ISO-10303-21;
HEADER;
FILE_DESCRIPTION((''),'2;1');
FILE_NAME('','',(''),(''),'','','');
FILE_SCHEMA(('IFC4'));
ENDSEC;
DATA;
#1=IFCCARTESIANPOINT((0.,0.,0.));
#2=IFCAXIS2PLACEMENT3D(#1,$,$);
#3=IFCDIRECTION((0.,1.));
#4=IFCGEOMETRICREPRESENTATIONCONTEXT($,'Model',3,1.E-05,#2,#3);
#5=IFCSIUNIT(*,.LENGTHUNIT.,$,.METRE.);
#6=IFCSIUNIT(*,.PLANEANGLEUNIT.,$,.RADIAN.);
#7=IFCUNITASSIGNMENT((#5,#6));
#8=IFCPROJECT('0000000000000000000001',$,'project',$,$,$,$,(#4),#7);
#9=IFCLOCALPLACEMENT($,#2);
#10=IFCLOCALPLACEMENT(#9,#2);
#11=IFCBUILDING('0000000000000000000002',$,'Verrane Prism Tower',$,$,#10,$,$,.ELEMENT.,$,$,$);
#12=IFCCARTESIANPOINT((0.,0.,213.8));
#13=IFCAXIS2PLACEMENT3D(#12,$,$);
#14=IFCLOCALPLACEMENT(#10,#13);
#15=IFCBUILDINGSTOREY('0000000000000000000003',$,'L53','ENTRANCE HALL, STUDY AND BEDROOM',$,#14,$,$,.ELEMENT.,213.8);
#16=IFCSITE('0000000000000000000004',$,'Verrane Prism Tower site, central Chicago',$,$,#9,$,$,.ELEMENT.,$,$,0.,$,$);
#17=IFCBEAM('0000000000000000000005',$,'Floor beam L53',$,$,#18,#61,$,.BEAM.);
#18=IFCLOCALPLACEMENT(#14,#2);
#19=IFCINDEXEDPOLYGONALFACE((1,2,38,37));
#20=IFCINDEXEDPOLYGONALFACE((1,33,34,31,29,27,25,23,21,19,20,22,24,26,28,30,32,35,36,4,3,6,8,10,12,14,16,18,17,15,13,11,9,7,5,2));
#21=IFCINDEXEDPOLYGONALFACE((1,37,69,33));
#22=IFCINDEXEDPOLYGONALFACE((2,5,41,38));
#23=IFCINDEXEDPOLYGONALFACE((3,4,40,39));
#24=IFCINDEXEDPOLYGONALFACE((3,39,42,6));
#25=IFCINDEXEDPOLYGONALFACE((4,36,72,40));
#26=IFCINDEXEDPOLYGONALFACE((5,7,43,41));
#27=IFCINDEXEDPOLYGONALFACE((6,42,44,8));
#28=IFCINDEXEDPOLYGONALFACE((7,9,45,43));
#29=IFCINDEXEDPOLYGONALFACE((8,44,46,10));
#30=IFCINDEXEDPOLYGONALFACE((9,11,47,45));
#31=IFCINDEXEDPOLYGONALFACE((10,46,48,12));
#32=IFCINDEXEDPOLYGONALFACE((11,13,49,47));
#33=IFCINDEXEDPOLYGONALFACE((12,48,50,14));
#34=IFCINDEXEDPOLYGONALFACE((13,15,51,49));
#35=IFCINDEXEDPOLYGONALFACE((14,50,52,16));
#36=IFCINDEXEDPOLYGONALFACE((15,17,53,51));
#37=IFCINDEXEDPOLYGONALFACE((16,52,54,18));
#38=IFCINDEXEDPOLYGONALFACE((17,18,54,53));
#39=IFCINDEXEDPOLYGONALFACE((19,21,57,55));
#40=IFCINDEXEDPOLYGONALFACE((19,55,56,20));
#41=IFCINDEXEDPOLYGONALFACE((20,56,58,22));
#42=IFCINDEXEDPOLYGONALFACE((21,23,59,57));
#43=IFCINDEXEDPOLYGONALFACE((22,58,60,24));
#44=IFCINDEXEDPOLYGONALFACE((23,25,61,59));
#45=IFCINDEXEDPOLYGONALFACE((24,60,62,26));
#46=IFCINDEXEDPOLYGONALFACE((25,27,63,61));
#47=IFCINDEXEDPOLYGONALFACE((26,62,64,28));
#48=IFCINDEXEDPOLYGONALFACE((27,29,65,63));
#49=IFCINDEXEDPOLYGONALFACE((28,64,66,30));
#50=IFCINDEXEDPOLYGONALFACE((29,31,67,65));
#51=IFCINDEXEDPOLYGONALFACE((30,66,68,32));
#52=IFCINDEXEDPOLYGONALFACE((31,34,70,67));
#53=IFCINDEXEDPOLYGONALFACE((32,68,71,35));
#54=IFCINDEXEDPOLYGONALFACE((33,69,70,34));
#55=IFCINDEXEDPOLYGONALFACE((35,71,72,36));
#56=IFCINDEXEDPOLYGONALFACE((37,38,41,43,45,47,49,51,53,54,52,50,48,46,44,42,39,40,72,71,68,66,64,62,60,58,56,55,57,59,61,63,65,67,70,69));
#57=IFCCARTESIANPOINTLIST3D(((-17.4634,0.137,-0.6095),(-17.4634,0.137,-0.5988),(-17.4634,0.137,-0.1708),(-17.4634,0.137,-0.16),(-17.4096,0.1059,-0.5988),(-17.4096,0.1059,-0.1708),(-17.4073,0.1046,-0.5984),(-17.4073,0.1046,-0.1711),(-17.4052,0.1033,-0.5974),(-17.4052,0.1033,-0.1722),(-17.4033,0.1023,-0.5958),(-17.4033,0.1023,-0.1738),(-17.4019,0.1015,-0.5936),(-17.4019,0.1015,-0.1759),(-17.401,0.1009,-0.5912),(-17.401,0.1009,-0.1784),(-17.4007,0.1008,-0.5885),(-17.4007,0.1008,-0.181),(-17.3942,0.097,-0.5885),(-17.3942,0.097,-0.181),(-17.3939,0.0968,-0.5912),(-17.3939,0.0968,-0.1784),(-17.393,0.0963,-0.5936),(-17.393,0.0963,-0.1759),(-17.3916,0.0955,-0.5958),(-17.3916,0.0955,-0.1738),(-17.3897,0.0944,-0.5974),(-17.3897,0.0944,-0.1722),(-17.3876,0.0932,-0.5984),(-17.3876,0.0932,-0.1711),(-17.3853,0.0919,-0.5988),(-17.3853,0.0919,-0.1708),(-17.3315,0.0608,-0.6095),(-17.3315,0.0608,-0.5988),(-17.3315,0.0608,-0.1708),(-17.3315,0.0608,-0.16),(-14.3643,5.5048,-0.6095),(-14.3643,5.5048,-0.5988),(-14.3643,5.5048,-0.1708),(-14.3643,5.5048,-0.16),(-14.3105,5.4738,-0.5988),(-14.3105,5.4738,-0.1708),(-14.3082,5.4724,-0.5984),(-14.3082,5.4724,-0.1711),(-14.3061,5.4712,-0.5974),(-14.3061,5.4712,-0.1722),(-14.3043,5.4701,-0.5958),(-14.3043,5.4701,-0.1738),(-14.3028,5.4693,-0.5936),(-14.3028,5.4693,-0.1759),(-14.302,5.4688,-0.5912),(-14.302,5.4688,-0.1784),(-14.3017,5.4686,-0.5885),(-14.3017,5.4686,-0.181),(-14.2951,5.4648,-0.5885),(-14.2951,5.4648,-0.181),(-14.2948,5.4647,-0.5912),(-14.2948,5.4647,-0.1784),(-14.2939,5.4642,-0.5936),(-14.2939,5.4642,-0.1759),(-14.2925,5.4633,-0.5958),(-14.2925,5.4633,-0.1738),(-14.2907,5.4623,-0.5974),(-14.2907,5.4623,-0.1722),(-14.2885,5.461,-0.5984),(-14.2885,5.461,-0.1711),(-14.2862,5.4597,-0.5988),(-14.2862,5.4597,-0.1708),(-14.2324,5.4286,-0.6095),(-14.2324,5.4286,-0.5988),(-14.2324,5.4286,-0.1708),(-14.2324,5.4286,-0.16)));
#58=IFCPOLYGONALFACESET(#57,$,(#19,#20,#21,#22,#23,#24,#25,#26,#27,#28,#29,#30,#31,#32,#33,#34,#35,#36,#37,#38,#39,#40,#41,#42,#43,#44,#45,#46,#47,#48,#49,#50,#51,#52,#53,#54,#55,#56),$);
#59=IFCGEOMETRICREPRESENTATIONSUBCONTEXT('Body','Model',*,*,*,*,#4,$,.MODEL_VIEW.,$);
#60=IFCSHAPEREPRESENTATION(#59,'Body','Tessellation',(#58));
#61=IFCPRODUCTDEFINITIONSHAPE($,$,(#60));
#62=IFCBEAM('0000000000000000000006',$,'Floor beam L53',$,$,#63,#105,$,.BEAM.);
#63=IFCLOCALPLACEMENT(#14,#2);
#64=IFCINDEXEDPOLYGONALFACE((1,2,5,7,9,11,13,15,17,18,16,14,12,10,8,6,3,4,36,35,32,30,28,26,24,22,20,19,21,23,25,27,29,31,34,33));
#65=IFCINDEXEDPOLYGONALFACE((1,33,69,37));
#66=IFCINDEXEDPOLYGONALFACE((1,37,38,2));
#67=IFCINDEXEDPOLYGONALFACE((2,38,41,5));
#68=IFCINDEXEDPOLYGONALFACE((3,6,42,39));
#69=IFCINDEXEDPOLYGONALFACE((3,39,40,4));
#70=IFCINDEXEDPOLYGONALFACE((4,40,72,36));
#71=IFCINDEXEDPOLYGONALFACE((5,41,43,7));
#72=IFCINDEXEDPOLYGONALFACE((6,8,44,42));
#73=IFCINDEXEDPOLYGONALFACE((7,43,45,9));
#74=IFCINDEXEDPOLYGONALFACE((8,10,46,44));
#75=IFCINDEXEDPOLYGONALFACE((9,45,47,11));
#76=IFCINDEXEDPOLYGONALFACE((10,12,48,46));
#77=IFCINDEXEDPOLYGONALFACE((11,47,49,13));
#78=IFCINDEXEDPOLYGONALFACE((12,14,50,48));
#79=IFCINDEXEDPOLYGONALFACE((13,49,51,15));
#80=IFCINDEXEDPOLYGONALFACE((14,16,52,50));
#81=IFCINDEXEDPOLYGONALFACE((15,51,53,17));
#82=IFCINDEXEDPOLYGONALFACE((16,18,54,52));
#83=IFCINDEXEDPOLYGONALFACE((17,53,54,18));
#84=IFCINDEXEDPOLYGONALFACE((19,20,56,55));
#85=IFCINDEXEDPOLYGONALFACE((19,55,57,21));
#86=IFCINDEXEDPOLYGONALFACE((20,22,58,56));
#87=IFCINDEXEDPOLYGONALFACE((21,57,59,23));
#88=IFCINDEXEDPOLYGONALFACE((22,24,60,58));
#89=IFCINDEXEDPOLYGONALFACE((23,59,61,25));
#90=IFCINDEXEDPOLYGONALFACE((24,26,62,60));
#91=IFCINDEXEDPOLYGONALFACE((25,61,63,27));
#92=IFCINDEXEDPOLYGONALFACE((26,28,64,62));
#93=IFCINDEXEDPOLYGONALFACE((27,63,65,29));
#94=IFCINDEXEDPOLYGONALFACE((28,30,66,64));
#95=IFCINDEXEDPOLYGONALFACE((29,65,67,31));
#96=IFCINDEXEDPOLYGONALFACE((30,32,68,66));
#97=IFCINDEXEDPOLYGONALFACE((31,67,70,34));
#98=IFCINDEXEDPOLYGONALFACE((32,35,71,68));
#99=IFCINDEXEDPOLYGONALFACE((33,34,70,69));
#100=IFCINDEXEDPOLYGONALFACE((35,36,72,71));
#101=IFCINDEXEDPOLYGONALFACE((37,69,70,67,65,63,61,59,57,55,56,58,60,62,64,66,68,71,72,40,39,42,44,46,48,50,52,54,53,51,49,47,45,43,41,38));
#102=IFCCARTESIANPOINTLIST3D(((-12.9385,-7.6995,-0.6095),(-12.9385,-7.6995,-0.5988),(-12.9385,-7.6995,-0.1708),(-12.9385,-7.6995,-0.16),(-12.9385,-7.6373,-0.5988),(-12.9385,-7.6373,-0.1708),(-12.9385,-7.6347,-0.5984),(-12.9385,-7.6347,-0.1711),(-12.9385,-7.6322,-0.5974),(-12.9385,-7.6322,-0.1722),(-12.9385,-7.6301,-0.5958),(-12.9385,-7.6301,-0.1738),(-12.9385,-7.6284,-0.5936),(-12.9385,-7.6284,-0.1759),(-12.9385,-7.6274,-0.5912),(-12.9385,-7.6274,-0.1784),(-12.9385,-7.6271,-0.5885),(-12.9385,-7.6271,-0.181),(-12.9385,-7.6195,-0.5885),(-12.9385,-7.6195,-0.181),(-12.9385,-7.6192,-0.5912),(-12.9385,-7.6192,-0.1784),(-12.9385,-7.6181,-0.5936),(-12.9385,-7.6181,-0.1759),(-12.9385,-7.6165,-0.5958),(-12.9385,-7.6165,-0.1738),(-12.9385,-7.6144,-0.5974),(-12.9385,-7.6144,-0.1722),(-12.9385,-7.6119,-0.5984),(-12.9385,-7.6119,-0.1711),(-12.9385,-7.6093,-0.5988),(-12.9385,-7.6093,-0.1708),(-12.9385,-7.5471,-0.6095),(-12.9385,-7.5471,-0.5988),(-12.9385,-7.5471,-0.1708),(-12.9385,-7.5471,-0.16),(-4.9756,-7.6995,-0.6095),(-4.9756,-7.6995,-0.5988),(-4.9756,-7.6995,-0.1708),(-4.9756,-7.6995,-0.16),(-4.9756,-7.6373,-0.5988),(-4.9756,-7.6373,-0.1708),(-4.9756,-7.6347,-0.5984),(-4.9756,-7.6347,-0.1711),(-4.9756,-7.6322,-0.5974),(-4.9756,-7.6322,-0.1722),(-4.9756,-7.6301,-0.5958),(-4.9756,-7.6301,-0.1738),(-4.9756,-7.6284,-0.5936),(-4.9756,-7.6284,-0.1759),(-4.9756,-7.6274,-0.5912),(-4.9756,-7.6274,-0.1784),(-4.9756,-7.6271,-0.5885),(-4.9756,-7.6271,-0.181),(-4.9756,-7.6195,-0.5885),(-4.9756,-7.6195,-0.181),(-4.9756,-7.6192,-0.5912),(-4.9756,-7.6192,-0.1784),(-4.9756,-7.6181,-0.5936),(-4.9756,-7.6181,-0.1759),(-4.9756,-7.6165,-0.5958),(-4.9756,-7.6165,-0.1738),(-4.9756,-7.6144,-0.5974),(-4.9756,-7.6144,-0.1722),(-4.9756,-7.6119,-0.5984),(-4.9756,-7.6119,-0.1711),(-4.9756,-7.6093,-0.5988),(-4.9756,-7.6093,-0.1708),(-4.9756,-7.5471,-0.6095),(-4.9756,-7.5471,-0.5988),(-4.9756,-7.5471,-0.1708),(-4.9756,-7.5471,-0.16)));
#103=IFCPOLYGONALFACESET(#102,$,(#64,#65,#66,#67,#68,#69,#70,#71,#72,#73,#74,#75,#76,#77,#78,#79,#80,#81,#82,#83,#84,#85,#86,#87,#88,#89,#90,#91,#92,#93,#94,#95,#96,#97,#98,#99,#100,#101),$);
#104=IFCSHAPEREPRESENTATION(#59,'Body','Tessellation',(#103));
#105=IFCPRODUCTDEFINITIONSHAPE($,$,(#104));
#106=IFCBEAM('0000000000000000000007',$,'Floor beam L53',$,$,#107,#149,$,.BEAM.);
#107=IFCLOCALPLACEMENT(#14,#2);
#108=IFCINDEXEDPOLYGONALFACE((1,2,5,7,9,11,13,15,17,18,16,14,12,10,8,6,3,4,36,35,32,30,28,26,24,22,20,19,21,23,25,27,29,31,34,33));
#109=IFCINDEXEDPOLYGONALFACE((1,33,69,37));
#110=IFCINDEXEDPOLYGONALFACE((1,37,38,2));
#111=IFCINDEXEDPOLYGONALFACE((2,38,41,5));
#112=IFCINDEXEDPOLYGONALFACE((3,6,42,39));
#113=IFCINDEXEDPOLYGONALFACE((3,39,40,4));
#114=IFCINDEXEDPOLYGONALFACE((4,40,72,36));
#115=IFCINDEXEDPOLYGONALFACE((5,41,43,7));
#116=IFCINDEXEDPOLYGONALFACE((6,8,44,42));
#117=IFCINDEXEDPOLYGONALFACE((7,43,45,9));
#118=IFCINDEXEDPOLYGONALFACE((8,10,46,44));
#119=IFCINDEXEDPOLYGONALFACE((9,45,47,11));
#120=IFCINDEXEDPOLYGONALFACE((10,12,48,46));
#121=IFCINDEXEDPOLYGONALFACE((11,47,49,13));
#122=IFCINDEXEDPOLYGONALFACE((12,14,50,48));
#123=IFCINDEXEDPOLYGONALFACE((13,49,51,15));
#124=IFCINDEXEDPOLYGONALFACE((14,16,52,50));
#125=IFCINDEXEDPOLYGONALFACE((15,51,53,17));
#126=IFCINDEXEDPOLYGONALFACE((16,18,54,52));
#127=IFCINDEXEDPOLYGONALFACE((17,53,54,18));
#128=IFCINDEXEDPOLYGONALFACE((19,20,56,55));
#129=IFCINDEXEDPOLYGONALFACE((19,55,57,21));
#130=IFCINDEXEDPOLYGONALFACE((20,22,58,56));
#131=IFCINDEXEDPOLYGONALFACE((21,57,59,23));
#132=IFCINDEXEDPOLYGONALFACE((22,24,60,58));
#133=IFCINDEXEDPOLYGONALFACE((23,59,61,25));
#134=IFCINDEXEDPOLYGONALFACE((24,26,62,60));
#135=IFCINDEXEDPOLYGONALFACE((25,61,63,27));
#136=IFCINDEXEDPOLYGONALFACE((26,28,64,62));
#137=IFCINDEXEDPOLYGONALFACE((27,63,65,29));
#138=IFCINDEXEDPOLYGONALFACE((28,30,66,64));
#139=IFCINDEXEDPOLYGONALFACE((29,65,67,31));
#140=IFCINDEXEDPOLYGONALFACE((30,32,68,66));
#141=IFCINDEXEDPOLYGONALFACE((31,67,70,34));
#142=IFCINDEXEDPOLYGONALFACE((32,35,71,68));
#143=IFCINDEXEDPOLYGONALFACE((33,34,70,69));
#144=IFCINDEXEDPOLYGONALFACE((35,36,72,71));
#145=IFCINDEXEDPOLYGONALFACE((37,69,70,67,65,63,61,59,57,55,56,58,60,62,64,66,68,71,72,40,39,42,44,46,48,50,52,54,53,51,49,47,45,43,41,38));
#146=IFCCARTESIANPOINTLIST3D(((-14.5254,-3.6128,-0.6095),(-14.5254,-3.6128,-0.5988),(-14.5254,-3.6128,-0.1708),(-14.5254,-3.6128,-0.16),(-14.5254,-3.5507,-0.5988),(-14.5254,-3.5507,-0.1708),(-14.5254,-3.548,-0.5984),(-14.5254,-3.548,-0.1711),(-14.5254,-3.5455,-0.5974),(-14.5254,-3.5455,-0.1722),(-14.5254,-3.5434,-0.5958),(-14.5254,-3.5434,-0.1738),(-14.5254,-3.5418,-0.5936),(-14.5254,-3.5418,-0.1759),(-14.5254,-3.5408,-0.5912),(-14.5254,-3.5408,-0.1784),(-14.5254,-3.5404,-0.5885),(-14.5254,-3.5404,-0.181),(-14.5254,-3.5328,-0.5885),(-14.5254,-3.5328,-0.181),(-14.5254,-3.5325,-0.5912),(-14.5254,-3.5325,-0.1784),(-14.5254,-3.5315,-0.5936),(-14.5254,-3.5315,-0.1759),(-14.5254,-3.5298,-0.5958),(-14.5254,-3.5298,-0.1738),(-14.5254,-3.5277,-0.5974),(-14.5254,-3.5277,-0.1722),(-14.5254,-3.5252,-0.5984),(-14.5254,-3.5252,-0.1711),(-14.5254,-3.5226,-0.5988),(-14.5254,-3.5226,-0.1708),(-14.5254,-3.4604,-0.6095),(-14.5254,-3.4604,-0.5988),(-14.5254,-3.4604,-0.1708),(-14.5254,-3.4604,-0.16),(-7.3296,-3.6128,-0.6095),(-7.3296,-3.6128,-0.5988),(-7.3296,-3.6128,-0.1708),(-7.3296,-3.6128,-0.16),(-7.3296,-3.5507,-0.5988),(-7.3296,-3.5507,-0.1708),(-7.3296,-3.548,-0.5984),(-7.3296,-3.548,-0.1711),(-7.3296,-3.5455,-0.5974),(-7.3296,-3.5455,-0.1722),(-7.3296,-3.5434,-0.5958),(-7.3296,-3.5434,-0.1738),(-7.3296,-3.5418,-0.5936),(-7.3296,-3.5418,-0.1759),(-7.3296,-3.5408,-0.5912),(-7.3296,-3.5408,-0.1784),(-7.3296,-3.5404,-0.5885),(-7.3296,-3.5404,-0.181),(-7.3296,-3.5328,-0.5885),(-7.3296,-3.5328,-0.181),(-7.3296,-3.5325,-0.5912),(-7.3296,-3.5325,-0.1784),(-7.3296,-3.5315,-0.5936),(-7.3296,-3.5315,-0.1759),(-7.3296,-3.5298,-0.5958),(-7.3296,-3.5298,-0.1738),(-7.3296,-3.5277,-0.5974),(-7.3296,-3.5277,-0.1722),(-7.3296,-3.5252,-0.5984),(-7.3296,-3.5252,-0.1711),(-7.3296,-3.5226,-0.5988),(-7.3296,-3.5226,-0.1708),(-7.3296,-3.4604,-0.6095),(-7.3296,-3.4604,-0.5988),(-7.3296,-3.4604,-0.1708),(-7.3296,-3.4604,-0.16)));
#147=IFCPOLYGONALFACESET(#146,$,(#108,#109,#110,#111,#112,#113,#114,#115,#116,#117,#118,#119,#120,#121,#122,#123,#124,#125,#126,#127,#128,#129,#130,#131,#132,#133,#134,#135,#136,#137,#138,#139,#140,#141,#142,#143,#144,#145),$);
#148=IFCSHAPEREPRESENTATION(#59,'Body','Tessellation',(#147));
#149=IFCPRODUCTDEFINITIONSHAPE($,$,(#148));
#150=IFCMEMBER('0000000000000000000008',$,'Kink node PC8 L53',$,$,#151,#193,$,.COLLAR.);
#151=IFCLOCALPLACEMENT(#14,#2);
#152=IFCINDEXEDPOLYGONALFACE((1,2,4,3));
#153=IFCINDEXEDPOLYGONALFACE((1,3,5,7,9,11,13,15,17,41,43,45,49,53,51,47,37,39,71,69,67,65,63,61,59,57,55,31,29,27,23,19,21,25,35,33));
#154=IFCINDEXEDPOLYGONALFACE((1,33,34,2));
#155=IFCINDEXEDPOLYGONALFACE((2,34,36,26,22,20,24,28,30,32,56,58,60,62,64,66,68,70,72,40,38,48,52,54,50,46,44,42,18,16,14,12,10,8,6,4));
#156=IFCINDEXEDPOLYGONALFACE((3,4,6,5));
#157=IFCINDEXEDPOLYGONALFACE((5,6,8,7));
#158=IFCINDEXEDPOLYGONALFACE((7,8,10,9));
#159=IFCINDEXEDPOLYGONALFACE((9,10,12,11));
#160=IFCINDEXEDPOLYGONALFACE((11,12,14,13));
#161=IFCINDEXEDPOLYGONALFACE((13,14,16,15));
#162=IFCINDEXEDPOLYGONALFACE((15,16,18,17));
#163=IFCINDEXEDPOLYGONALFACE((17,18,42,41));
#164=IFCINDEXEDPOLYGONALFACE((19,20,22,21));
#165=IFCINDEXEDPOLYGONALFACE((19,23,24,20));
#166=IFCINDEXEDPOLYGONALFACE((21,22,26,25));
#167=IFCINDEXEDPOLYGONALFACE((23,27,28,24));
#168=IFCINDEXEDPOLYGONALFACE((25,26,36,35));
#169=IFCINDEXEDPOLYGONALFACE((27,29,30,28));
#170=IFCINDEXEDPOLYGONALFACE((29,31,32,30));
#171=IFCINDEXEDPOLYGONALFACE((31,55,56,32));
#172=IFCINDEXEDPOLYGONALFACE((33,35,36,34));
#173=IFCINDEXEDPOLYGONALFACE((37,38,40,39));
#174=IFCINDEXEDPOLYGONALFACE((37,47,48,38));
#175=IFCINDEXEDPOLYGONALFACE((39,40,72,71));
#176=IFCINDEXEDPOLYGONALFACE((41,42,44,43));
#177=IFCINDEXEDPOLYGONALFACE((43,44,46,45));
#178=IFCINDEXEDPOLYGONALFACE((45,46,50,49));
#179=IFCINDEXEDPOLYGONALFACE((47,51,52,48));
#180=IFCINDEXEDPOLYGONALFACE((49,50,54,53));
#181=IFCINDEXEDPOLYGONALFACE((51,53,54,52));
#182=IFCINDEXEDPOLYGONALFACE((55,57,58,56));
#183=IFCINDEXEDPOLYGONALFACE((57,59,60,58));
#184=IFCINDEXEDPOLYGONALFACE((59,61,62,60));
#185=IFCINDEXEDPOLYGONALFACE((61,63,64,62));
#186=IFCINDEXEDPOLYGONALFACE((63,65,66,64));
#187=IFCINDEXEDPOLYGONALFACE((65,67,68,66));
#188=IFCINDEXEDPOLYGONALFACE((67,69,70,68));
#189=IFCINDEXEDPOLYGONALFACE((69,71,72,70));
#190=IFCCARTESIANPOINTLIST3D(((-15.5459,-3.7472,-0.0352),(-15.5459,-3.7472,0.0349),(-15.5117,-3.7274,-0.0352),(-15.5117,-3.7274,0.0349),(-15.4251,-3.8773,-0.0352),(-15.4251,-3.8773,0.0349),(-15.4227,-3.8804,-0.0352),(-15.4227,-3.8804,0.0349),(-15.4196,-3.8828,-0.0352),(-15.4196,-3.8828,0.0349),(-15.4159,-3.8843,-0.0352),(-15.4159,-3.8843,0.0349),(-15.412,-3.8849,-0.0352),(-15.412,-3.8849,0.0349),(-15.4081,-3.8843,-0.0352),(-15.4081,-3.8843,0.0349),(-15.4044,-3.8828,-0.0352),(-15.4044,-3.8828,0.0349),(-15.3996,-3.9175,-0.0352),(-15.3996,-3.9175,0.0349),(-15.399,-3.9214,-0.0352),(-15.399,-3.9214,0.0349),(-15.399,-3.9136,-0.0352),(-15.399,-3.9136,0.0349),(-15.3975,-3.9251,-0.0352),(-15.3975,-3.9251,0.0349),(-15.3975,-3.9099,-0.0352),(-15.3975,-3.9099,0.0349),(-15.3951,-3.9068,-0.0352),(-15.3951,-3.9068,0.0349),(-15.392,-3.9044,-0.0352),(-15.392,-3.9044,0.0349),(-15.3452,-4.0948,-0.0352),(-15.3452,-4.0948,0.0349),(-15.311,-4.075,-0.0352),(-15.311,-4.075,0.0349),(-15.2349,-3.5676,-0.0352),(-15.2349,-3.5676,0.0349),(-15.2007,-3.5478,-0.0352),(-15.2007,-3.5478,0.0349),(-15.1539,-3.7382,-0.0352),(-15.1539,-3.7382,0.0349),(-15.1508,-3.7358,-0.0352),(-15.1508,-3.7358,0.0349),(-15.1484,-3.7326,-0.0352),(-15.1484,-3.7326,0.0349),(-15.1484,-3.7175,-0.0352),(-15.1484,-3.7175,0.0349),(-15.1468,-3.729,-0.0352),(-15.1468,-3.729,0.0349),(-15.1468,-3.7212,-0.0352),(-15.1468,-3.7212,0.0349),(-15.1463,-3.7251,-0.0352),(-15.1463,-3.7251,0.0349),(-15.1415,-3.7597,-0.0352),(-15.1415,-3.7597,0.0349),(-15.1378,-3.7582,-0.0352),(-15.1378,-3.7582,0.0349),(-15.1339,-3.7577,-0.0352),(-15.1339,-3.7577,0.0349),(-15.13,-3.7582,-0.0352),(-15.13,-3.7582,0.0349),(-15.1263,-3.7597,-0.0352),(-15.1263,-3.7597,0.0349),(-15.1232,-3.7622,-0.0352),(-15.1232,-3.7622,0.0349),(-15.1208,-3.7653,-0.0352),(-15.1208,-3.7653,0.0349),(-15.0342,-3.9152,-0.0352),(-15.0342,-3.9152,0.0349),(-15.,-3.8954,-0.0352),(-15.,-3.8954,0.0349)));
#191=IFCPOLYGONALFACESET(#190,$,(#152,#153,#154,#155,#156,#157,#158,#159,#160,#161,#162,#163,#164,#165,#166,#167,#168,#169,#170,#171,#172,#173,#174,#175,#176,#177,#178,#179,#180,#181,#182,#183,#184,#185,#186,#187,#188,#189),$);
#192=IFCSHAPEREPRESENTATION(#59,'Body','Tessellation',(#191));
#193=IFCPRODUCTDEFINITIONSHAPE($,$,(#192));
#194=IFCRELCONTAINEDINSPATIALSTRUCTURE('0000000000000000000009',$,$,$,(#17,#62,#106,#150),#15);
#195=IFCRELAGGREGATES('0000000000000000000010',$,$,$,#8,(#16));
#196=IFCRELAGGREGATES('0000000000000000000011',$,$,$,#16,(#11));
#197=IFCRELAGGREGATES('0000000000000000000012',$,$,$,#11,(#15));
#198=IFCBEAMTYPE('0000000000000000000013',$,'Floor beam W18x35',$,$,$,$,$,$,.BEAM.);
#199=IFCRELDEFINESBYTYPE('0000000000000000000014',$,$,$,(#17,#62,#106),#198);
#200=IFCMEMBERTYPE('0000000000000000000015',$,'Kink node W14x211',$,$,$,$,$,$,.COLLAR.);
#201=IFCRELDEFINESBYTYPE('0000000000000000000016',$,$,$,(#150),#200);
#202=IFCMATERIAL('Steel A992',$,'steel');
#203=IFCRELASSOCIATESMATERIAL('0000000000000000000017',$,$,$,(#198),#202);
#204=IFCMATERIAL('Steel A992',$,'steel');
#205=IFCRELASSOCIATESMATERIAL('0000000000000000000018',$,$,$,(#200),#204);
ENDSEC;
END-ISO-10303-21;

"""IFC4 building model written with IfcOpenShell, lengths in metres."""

from ifc_helpers import new_model, si_unit, direction, frame, origin, origin_2d, place, context, subcontext, project, spatial, i_section, extrude, material, material_profile, profile_set, type_object, element, save


model = new_model("IFC4")

# Units and contexts
model_context = context("Model", 3, precision=1e-05, world=origin(), true_north=direction((0.0, 1.0)))
body_context = subcontext(model_context, "Body", "Model", "MODEL_VIEW")
ifc_project = project(units=[si_unit("LENGTHUNIT", "METRE"), si_unit("PLANEANGLEUNIT", "RADIAN")], contexts=[model_context])

# Site, building, storey
site_placement = place(None, origin())
site = spatial("IfcSite", under=ifc_project, at=site_placement, Name="Verrane Prism Tower site, central Chicago", CompositionType="ELEMENT", RefElevation=0.0)
building_placement = place(site_placement, origin())
building = spatial("IfcBuilding", under=site, at=building_placement, Name="Verrane Prism Tower", CompositionType="ELEMENT")
storey_placement = place(building_placement, frame((0.0, 0.0, 213.8)))
storey = spatial("IfcBuildingStorey", under=building, at=storey_placement, Name="L53", Description="ENTRANCE HALL, STUDY AND BEDROOM", CompositionType="ELEMENT", Elevation=213.8)

# Beams
ifc_material_1 = material(Name="Steel A992", Category="steel")
ifc_material_profile_1 = material_profile(ifc_material_1, i_section(OverallWidth=0.1523, OverallDepth=0.4495, WebThickness=0.0076, FlangeThickness=0.0107, FilletRadius=0.0103, at=origin_2d()), Name="W18x35")
ifc_profile_set_1 = profile_set([ifc_material_profile_1], Name="Steel A992")
beam_type_1 = type_object("IfcBeamType", Name="Floor beam W18x35", PredefinedType="BEAM", material=ifc_profile_set_1)
beam_1_placement = place(storey_placement, frame((-17.3975, 0.0989, -0.3848), z_axis=(0.499994, 0.866029, 0.0), x_axis=(-0.866029, 0.499994, 0.0)))
element("IfcBeam", 1, at=beam_1_placement, inside=storey, type_object=beam_type_1, Name="Floor beam L53", PredefinedType="BEAM", context=body_context, shape_type="SweptSolid", body=[
    extrude(i_section(OverallWidth=0.1523, OverallDepth=0.4495, WebThickness=0.0076, FlangeThickness=0.0107, FilletRadius=0.0103, at=origin_2d()), origin(), (0.0, 0.0, 1.0), 6.1982),
])
beam_2_placement = place(storey_placement, frame((-12.9385, -7.6233, -0.3848), z_axis=(1.0, 0.0, 0.0), x_axis=(0.0, 1.0, 0.0)))
element("IfcBeam", 2, at=beam_2_placement, inside=storey, type_object=beam_type_1, Name="Floor beam L53", PredefinedType="BEAM", context=body_context, shape_type="SweptSolid", body=[
    extrude(i_section(OverallWidth=0.1523, OverallDepth=0.4495, WebThickness=0.0076, FlangeThickness=0.0107, FilletRadius=0.0103, at=origin_2d()), origin(), (0.0, 0.0, 1.0), 7.9629),
])
beam_3_placement = place(storey_placement, frame((-14.5254, -3.5366, -0.3848), z_axis=(1.0, 0.0, 0.0), x_axis=(0.0, 1.0, 0.0)))
element("IfcBeam", 3, at=beam_3_placement, inside=storey, type_object=beam_type_1, Name="Floor beam L53", PredefinedType="BEAM", context=body_context, shape_type="SweptSolid", body=[
    extrude(i_section(OverallWidth=0.1523, OverallDepth=0.4495, WebThickness=0.0076, FlangeThickness=0.0107, FilletRadius=0.0103, at=origin_2d()), origin(), (0.0, 0.0, 1.0), 7.1958),
])

# Member
ifc_material_2 = material(Name="Steel A992", Category="steel")
ifc_material_profile_2 = material_profile(ifc_material_2, i_section(OverallWidth=0.4014, OverallDepth=0.3987, WebThickness=0.0249, FlangeThickness=0.0396, FilletRadius=0.0151, at=origin_2d()), Name="W14x211")
ifc_profile_set_2 = profile_set([ifc_material_profile_2], Name="Steel A992")
member_type_1 = type_object("IfcMemberType", Name="Kink node W14x211", PredefinedType="COLLAR", material=ifc_profile_set_2)
member_1_placement = place(storey_placement, frame((-15.2729, -3.8213, -0.0352), z_axis=(0.0, 0.0, 1.0), x_axis=(-0.5, 0.866025, 0.0)))
element("IfcMember", 4, at=member_1_placement, inside=storey, type_object=member_type_1, Name="Kink node PC8 L53", PredefinedType="COLLAR", context=body_context, shape_type="SweptSolid", body=[
    extrude(i_section(OverallWidth=0.4014, OverallDepth=0.3987, WebThickness=0.0249, FlangeThickness=0.0396, FilletRadius=0.0151, at=origin_2d()), origin(), (0.0, 0.0, 1.0), 0.0701),
])

save(model, "model.ifc")
